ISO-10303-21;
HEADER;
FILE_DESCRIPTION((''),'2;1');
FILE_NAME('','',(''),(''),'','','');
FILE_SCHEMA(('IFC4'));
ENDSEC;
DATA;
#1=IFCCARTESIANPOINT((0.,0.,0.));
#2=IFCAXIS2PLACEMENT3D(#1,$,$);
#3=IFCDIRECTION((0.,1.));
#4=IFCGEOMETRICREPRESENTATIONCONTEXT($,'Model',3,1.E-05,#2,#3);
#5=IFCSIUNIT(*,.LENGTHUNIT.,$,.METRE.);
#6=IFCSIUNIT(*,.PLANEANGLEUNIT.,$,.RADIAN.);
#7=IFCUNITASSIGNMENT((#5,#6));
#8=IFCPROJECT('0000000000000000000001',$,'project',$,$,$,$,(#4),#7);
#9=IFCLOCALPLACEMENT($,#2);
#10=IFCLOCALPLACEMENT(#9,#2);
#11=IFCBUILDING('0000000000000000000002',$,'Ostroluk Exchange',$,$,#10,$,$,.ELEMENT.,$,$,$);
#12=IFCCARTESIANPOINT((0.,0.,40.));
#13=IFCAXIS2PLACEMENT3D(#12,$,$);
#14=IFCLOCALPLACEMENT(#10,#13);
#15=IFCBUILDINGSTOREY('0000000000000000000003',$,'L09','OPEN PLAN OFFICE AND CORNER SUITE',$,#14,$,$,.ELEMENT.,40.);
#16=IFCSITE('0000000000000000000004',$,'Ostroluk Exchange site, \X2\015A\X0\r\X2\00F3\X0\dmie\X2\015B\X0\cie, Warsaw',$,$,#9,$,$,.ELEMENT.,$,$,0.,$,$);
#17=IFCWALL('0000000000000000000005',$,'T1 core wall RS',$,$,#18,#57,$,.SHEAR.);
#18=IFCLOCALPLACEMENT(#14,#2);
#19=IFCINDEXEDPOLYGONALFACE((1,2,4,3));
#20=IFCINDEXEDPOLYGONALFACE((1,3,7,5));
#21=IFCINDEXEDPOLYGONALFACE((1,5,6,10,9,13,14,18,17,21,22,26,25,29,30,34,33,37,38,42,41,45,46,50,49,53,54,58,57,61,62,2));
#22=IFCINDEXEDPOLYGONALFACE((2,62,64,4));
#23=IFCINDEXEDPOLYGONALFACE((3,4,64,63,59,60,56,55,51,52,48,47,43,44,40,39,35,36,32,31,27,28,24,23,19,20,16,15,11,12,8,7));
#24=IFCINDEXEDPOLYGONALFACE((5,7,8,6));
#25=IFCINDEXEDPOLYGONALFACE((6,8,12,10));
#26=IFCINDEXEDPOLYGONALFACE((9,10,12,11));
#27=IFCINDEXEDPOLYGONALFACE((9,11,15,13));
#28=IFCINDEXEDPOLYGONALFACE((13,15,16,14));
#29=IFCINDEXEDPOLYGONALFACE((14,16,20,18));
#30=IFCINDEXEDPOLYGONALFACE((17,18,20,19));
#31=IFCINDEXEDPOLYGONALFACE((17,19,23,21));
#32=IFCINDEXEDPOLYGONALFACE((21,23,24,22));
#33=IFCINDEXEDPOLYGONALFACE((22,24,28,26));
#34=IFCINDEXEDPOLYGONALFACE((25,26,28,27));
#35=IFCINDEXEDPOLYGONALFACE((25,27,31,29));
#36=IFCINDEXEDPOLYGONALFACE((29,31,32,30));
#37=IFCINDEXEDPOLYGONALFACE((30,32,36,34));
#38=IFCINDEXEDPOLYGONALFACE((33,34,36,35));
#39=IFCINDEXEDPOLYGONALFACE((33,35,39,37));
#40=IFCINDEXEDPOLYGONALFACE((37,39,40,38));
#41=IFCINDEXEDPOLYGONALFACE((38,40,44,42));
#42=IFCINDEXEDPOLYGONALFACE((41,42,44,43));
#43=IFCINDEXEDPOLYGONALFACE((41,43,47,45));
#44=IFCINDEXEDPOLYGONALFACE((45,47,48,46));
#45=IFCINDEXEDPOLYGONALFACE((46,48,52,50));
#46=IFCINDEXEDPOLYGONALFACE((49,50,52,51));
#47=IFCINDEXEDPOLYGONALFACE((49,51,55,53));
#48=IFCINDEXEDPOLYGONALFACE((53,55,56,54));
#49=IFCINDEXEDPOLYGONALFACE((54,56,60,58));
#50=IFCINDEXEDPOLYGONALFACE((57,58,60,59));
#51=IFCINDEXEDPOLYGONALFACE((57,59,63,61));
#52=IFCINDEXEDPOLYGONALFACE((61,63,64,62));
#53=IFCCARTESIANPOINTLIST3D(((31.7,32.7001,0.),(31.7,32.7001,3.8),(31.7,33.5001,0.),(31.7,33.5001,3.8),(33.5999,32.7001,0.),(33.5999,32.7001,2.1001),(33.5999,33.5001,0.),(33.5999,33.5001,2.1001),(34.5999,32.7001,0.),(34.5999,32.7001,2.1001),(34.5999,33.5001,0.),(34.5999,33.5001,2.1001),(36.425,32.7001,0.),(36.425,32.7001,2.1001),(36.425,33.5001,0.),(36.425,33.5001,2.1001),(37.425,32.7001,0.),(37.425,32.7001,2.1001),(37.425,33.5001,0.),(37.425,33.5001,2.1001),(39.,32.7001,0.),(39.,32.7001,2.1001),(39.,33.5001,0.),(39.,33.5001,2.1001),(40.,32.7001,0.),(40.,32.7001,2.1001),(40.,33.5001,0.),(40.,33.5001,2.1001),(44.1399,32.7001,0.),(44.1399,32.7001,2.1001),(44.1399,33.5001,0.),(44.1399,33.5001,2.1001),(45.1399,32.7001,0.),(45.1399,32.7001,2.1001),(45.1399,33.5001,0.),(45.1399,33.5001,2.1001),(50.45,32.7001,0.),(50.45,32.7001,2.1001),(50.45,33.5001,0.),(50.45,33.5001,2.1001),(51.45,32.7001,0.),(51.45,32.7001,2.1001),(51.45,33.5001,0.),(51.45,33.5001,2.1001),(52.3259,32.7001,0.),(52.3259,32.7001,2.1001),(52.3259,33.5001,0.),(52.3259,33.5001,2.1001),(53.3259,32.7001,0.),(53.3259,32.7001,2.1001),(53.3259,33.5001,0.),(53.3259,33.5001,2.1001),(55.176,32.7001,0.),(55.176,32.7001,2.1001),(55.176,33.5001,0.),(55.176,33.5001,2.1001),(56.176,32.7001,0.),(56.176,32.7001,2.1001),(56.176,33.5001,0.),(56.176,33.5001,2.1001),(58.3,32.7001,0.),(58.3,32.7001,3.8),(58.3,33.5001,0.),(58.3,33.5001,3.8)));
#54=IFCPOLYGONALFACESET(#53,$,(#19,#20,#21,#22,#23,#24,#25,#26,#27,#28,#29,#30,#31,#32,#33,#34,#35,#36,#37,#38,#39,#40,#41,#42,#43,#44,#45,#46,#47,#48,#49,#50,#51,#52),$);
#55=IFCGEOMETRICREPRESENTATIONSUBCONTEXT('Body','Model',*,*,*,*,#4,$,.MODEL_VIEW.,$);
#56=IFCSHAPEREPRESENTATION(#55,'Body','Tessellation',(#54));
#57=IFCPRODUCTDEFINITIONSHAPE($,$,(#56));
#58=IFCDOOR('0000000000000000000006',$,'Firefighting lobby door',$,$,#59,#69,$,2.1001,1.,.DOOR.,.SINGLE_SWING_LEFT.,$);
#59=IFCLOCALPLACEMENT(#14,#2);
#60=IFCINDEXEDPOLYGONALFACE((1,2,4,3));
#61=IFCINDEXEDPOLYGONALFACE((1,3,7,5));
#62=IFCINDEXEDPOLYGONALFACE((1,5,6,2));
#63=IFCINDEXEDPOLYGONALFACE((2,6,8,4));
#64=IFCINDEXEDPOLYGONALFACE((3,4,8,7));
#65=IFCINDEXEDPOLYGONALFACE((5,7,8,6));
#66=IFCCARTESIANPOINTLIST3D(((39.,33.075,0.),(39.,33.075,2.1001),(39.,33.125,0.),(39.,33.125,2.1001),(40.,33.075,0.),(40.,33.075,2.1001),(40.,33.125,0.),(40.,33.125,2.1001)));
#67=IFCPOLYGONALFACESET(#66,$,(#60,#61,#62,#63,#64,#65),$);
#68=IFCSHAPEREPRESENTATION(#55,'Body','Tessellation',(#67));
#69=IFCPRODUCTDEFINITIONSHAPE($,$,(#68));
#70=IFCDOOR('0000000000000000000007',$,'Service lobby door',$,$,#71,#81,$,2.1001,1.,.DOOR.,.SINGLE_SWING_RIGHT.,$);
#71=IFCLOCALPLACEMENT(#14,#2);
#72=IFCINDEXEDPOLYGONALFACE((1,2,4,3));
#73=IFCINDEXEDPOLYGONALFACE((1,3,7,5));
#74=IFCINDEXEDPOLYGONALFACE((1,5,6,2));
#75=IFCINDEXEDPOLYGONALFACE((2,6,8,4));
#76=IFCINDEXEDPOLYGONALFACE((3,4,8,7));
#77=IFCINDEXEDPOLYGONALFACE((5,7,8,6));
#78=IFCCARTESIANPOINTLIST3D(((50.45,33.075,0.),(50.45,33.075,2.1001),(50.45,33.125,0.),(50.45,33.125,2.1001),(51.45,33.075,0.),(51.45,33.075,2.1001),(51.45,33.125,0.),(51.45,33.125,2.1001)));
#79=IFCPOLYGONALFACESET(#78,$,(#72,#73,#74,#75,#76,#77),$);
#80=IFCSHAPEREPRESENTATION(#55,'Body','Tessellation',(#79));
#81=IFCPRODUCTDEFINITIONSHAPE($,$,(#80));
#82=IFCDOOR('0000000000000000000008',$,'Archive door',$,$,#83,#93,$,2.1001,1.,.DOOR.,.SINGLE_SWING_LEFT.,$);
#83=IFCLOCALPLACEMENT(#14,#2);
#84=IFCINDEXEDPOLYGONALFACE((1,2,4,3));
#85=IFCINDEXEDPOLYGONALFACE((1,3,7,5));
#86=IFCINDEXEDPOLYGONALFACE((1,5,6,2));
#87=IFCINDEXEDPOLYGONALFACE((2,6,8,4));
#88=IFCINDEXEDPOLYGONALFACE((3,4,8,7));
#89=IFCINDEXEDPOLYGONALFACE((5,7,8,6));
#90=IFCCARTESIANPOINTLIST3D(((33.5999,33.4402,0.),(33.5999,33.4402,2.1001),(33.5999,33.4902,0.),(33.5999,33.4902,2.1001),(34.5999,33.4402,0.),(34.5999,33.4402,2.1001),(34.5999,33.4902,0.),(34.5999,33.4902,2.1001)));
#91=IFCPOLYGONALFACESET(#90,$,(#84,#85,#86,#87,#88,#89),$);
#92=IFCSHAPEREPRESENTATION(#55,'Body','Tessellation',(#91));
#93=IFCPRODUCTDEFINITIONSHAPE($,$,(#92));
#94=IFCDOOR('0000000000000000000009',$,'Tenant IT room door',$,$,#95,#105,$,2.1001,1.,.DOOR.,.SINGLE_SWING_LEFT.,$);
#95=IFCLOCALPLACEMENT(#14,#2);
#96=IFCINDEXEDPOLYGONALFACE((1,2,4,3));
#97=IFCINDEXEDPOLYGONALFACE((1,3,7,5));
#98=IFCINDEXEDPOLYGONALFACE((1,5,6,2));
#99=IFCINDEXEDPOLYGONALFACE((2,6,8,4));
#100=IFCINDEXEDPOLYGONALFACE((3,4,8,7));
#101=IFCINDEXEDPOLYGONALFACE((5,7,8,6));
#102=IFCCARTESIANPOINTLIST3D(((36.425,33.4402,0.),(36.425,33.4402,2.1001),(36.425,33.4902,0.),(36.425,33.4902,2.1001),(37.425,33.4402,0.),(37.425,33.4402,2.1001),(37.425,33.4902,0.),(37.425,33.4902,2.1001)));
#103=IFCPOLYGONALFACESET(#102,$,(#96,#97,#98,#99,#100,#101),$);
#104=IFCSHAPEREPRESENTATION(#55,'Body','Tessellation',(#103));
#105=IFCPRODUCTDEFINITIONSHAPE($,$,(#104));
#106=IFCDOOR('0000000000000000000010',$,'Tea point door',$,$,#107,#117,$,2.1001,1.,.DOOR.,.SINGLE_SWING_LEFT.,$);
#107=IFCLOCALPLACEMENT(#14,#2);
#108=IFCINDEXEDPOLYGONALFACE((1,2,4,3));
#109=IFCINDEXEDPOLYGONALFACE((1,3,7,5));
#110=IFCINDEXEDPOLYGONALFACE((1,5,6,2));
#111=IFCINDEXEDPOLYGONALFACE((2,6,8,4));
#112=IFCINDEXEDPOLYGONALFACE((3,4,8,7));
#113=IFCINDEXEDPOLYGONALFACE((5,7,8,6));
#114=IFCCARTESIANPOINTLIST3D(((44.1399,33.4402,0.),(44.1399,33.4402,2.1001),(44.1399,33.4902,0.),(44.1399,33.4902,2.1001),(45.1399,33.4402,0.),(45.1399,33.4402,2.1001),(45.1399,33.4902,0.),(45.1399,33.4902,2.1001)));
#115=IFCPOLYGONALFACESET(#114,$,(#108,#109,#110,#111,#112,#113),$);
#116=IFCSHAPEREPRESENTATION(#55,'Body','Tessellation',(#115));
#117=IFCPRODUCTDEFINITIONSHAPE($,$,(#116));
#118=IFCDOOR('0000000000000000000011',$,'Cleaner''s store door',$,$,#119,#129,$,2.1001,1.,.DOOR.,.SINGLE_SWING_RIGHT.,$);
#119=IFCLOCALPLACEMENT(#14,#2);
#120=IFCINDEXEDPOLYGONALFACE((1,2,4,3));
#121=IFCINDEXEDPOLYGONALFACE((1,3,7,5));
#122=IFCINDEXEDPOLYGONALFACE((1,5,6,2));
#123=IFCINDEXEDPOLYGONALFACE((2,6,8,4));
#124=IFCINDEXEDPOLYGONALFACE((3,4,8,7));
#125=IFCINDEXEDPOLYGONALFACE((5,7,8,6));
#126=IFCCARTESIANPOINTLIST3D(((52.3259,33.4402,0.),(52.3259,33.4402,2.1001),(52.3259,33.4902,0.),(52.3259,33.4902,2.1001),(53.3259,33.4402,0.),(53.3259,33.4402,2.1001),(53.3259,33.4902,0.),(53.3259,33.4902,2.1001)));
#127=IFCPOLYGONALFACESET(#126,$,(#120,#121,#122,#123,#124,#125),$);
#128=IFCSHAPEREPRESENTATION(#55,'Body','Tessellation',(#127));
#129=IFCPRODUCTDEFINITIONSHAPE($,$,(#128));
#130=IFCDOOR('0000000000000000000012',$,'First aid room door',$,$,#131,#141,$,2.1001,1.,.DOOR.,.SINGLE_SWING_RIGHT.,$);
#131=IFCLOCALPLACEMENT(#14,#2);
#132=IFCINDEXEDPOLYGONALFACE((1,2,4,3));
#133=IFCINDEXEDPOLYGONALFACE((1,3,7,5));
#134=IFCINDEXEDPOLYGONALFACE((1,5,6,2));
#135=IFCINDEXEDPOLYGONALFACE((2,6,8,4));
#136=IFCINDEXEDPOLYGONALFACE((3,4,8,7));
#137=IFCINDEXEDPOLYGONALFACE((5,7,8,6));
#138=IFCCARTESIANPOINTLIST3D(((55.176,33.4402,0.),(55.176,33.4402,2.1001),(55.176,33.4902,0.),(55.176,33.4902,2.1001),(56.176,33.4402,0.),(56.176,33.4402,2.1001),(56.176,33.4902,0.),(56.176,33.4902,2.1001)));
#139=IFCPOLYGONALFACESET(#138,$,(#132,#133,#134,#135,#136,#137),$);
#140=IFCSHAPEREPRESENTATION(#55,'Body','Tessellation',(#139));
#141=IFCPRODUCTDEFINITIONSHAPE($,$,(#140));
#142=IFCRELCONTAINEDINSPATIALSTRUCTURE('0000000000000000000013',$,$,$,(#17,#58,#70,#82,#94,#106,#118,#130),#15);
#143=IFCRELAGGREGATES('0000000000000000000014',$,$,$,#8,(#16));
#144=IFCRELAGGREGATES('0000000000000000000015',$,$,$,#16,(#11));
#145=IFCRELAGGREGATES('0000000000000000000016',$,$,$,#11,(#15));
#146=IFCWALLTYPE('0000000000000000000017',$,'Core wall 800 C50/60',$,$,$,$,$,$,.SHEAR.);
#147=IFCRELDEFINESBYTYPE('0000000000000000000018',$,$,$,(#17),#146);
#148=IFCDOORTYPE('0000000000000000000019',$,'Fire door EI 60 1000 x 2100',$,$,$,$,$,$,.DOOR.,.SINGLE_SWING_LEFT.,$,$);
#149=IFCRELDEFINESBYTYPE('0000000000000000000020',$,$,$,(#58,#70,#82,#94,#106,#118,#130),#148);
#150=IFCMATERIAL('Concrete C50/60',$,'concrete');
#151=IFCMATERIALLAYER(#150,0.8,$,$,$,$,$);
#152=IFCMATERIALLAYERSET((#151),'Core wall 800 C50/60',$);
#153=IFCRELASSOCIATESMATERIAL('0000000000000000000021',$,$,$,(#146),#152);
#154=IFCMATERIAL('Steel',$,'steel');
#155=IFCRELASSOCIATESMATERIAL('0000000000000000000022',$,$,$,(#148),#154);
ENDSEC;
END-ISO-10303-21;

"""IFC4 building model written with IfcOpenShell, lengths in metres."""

from ifc_helpers import new_model, si_unit, direction, frame, frame_2d, origin, place, context, subcontext, project, spatial, rectangle, extrude, material, layer, layer_set, type_object, element, fill, save


model = new_model("IFC4")

# Units and contexts
model_context = context("Model", 3, precision=1e-05, world=origin(), true_north=direction((0.0, 1.0)))
body_context = subcontext(model_context, "Body", "Model", "MODEL_VIEW")
ifc_project = project(units=[si_unit("LENGTHUNIT", "METRE"), si_unit("PLANEANGLEUNIT", "RADIAN")], contexts=[model_context])

# Site, building, storey
site_placement = place(None, origin())
site = spatial("IfcSite", under=ifc_project, at=site_placement, Name="Ostroluk Exchange site, Śródmieście, Warsaw", CompositionType="ELEMENT", RefElevation=0.0)
building_placement = place(site_placement, origin())
building = spatial("IfcBuilding", under=site, at=building_placement, Name="Ostroluk Exchange", CompositionType="ELEMENT")
storey_placement = place(building_placement, frame((0.0, 0.0, 40.0)))
storey = spatial("IfcBuildingStorey", under=building, at=storey_placement, Name="L09", Description="OPEN PLAN OFFICE AND CORNER SUITE", CompositionType="ELEMENT", Elevation=40.0)

# Wall, openings, doors
ifc_material_1 = material(Name="Concrete C50/60", Category="concrete")
ifc_layer_1 = layer(ifc_material_1, 0.8)
ifc_layer_set_1 = layer_set([ifc_layer_1], Name="Core wall 800 C50/60")
wall_type_1 = type_object("IfcWallType", Name="Core wall 800 C50/60", PredefinedType="SHEAR", material=ifc_layer_set_1)
wall_1_placement = place(storey_placement, frame((31.7, 33.1001, 0.0), z_axis=(0.0, 0.0, 1.0), x_axis=(1.0, 0.0, 0.0)))
wall_1 = element("IfcWall", 1, at=wall_1_placement, inside=storey, type_object=wall_type_1, Name="T1 core wall RS", PredefinedType="SHEAR", context=body_context, shape_type="SweptSolid", body=[
    extrude(rectangle(XDim=26.6001, YDim=0.8, at=frame_2d((13.3, 0.0))), origin(), (0.0, 0.0, 1.0), 3.8),
])
opening_1_placement = place(wall_1_placement, frame((7.3, 0.0, 0.0)))
opening_1 = element("IfcOpeningElement", 2, at=opening_1_placement, cuts=wall_1, PredefinedType="OPENING", context=body_context, shape_type="SweptSolid", body=[
    extrude(rectangle(XDim=1.0, YDim=2.1001, at=frame_2d((0.5, 1.05))), frame((0.0, 0.4099, 0.0), z_axis=(0.0, -1.0, 0.0), x_axis=(1.0, 0.0, 0.0)), (0.0, 0.0, 1.0), 0.8201),
])
opening_2_placement = place(wall_1_placement, frame((18.75, 0.0, 0.0)))
opening_2 = element("IfcOpeningElement", 3, at=opening_2_placement, cuts=wall_1, PredefinedType="OPENING", context=body_context, shape_type="SweptSolid", body=[
    extrude(rectangle(XDim=1.0, YDim=2.1001, at=frame_2d((0.5, 1.05))), frame((0.0, 0.4099, 0.0), z_axis=(0.0, -1.0, 0.0), x_axis=(1.0, 0.0, 0.0)), (0.0, 0.0, 1.0), 0.8201),
])
opening_3_placement = place(wall_1_placement, frame((1.8999, 0.0, 0.0)))
opening_3 = element("IfcOpeningElement", 4, at=opening_3_placement, cuts=wall_1, PredefinedType="OPENING", context=body_context, shape_type="SweptSolid", body=[
    extrude(rectangle(XDim=1.0, YDim=2.1001, at=frame_2d((0.5, 1.05))), frame((0.0, 0.4099, 0.0), z_axis=(0.0, -1.0, 0.0), x_axis=(1.0, 0.0, 0.0)), (0.0, 0.0, 1.0), 0.8201),
])
opening_4_placement = place(wall_1_placement, frame((4.7251, 0.0, 0.0)))
opening_4 = element("IfcOpeningElement", 5, at=opening_4_placement, cuts=wall_1, PredefinedType="OPENING", context=body_context, shape_type="SweptSolid", body=[
    extrude(rectangle(XDim=1.0, YDim=2.1001, at=frame_2d((0.5, 1.05))), frame((0.0, 0.4099, 0.0), z_axis=(0.0, -1.0, 0.0), x_axis=(1.0, 0.0, 0.0)), (0.0, 0.0, 1.0), 0.8201),
])
opening_5_placement = place(wall_1_placement, frame((12.4399, 0.0, 0.0)))
opening_5 = element("IfcOpeningElement", 6, at=opening_5_placement, cuts=wall_1, PredefinedType="OPENING", context=body_context, shape_type="SweptSolid", body=[
    extrude(rectangle(XDim=1.0, YDim=2.1001, at=frame_2d((0.5, 1.05))), frame((0.0, 0.4099, 0.0), z_axis=(0.0, -1.0, 0.0), x_axis=(1.0, 0.0, 0.0)), (0.0, 0.0, 1.0), 0.8201),
])
opening_6_placement = place(wall_1_placement, frame((20.626, 0.0, 0.0)))
opening_6 = element("IfcOpeningElement", 7, at=opening_6_placement, cuts=wall_1, PredefinedType="OPENING", context=body_context, shape_type="SweptSolid", body=[
    extrude(rectangle(XDim=1.0, YDim=2.1001, at=frame_2d((0.5, 1.05))), frame((0.0, 0.4099, 0.0), z_axis=(0.0, -1.0, 0.0), x_axis=(1.0, 0.0, 0.0)), (0.0, 0.0, 1.0), 0.8201),
])
opening_7_placement = place(wall_1_placement, frame((23.4761, 0.0, 0.0)))
opening_7 = element("IfcOpeningElement", 8, at=opening_7_placement, cuts=wall_1, PredefinedType="OPENING", context=body_context, shape_type="SweptSolid", body=[
    extrude(rectangle(XDim=1.0, YDim=2.1001, at=frame_2d((0.5, 1.05))), frame((0.0, 0.4099, 0.0), z_axis=(0.0, -1.0, 0.0), x_axis=(1.0, 0.0, 0.0)), (0.0, 0.0, 1.0), 0.8201),
])
ifc_material_2 = material(Name="Steel", Category="steel")
door_type_1 = type_object("IfcDoorType", Name="Fire door EI 60 1000 x 2100", OperationType="SINGLE_SWING_LEFT", PredefinedType="DOOR", material=ifc_material_2)
door_1_placement = place(opening_1_placement, origin())
door_1 = element("IfcDoor", 9, at=door_1_placement, inside=storey, type_object=door_type_1, Name="Firefighting lobby door", OperationType="SINGLE_SWING_LEFT", OverallHeight=2.1001, OverallWidth=1.0, PredefinedType="DOOR", context=body_context, shape_type="SweptSolid", body=[
    extrude(rectangle(XDim=1.0, YDim=2.1001, at=frame_2d((0.5, 1.05))), frame((0.0, 0.0249, 0.0), z_axis=(0.0, -1.0, 0.0), x_axis=(1.0, 0.0, 0.0)), (0.0, 0.0, 1.0), 0.05),
])
fill(opening_1, door_1)
door_2_placement = place(opening_2_placement, origin())
door_2 = element("IfcDoor", 10, at=door_2_placement, inside=storey, type_object=door_type_1, Name="Service lobby door", OperationType="SINGLE_SWING_RIGHT", OverallHeight=2.1001, OverallWidth=1.0, PredefinedType="DOOR", context=body_context, shape_type="SweptSolid", body=[
    extrude(rectangle(XDim=1.0, YDim=2.1001, at=frame_2d((0.5, 1.05))), frame((0.0, 0.0249, 0.0), z_axis=(0.0, -1.0, 0.0), x_axis=(1.0, 0.0, 0.0)), (0.0, 0.0, 1.0), 0.05),
])
fill(opening_2, door_2)
door_3_placement = place(opening_3_placement, origin())
door_3 = element("IfcDoor", 11, at=door_3_placement, inside=storey, type_object=door_type_1, Name="Archive door", OperationType="SINGLE_SWING_LEFT", OverallHeight=2.1001, OverallWidth=1.0, PredefinedType="DOOR", context=body_context, shape_type="SweptSolid", body=[
    extrude(rectangle(XDim=1.0, YDim=2.1001, at=frame_2d((0.5, 1.05))), frame((0.0, 0.3901, 0.0), z_axis=(0.0, -1.0, 0.0), x_axis=(1.0, 0.0, 0.0)), (0.0, 0.0, 1.0), 0.05),
])
fill(opening_3, door_3)
door_4_placement = place(opening_4_placement, origin())
door_4 = element("IfcDoor", 12, at=door_4_placement, inside=storey, type_object=door_type_1, Name="Tenant IT room door", OperationType="SINGLE_SWING_LEFT", OverallHeight=2.1001, OverallWidth=1.0, PredefinedType="DOOR", context=body_context, shape_type="SweptSolid", body=[
    extrude(rectangle(XDim=1.0, YDim=2.1001, at=frame_2d((0.5, 1.05))), frame((0.0, 0.3901, 0.0), z_axis=(0.0, -1.0, 0.0), x_axis=(1.0, 0.0, 0.0)), (0.0, 0.0, 1.0), 0.05),
])
fill(opening_4, door_4)
door_5_placement = place(opening_5_placement, origin())
door_5 = element("IfcDoor", 13, at=door_5_placement, inside=storey, type_object=door_type_1, Name="Tea point door", OperationType="SINGLE_SWING_LEFT", OverallHeight=2.1001, OverallWidth=1.0, PredefinedType="DOOR", context=body_context, shape_type="SweptSolid", body=[
    extrude(rectangle(XDim=1.0, YDim=2.1001, at=frame_2d((0.5, 1.05))), frame((0.0, 0.3901, 0.0), z_axis=(0.0, -1.0, 0.0), x_axis=(1.0, 0.0, 0.0)), (0.0, 0.0, 1.0), 0.05),
])
fill(opening_5, door_5)
door_6_placement = place(opening_6_placement, origin())
door_6 = element("IfcDoor", 14, at=door_6_placement, inside=storey, type_object=door_type_1, Name="Cleaner's store door", OperationType="SINGLE_SWING_RIGHT", OverallHeight=2.1001, OverallWidth=1.0, PredefinedType="DOOR", context=body_context, shape_type="SweptSolid", body=[
    extrude(rectangle(XDim=1.0, YDim=2.1001, at=frame_2d((0.5, 1.05))), frame((0.0, 0.3901, 0.0), z_axis=(0.0, -1.0, 0.0), x_axis=(1.0, 0.0, 0.0)), (0.0, 0.0, 1.0), 0.05),
])
fill(opening_6, door_6)
door_7_placement = place(opening_7_placement, origin())
door_7 = element("IfcDoor", 15, at=door_7_placement, inside=storey, type_object=door_type_1, Name="First aid room door", OperationType="SINGLE_SWING_RIGHT", OverallHeight=2.1001, OverallWidth=1.0, PredefinedType="DOOR", context=body_context, shape_type="SweptSolid", body=[
    extrude(rectangle(XDim=1.0, YDim=2.1001, at=frame_2d((0.5, 1.05))), frame((0.0, 0.3901, 0.0), z_axis=(0.0, -1.0, 0.0), x_axis=(1.0, 0.0, 0.0)), (0.0, 0.0, 1.0), 0.05),
])
fill(opening_7, door_7)

save(model, "model.ifc")
